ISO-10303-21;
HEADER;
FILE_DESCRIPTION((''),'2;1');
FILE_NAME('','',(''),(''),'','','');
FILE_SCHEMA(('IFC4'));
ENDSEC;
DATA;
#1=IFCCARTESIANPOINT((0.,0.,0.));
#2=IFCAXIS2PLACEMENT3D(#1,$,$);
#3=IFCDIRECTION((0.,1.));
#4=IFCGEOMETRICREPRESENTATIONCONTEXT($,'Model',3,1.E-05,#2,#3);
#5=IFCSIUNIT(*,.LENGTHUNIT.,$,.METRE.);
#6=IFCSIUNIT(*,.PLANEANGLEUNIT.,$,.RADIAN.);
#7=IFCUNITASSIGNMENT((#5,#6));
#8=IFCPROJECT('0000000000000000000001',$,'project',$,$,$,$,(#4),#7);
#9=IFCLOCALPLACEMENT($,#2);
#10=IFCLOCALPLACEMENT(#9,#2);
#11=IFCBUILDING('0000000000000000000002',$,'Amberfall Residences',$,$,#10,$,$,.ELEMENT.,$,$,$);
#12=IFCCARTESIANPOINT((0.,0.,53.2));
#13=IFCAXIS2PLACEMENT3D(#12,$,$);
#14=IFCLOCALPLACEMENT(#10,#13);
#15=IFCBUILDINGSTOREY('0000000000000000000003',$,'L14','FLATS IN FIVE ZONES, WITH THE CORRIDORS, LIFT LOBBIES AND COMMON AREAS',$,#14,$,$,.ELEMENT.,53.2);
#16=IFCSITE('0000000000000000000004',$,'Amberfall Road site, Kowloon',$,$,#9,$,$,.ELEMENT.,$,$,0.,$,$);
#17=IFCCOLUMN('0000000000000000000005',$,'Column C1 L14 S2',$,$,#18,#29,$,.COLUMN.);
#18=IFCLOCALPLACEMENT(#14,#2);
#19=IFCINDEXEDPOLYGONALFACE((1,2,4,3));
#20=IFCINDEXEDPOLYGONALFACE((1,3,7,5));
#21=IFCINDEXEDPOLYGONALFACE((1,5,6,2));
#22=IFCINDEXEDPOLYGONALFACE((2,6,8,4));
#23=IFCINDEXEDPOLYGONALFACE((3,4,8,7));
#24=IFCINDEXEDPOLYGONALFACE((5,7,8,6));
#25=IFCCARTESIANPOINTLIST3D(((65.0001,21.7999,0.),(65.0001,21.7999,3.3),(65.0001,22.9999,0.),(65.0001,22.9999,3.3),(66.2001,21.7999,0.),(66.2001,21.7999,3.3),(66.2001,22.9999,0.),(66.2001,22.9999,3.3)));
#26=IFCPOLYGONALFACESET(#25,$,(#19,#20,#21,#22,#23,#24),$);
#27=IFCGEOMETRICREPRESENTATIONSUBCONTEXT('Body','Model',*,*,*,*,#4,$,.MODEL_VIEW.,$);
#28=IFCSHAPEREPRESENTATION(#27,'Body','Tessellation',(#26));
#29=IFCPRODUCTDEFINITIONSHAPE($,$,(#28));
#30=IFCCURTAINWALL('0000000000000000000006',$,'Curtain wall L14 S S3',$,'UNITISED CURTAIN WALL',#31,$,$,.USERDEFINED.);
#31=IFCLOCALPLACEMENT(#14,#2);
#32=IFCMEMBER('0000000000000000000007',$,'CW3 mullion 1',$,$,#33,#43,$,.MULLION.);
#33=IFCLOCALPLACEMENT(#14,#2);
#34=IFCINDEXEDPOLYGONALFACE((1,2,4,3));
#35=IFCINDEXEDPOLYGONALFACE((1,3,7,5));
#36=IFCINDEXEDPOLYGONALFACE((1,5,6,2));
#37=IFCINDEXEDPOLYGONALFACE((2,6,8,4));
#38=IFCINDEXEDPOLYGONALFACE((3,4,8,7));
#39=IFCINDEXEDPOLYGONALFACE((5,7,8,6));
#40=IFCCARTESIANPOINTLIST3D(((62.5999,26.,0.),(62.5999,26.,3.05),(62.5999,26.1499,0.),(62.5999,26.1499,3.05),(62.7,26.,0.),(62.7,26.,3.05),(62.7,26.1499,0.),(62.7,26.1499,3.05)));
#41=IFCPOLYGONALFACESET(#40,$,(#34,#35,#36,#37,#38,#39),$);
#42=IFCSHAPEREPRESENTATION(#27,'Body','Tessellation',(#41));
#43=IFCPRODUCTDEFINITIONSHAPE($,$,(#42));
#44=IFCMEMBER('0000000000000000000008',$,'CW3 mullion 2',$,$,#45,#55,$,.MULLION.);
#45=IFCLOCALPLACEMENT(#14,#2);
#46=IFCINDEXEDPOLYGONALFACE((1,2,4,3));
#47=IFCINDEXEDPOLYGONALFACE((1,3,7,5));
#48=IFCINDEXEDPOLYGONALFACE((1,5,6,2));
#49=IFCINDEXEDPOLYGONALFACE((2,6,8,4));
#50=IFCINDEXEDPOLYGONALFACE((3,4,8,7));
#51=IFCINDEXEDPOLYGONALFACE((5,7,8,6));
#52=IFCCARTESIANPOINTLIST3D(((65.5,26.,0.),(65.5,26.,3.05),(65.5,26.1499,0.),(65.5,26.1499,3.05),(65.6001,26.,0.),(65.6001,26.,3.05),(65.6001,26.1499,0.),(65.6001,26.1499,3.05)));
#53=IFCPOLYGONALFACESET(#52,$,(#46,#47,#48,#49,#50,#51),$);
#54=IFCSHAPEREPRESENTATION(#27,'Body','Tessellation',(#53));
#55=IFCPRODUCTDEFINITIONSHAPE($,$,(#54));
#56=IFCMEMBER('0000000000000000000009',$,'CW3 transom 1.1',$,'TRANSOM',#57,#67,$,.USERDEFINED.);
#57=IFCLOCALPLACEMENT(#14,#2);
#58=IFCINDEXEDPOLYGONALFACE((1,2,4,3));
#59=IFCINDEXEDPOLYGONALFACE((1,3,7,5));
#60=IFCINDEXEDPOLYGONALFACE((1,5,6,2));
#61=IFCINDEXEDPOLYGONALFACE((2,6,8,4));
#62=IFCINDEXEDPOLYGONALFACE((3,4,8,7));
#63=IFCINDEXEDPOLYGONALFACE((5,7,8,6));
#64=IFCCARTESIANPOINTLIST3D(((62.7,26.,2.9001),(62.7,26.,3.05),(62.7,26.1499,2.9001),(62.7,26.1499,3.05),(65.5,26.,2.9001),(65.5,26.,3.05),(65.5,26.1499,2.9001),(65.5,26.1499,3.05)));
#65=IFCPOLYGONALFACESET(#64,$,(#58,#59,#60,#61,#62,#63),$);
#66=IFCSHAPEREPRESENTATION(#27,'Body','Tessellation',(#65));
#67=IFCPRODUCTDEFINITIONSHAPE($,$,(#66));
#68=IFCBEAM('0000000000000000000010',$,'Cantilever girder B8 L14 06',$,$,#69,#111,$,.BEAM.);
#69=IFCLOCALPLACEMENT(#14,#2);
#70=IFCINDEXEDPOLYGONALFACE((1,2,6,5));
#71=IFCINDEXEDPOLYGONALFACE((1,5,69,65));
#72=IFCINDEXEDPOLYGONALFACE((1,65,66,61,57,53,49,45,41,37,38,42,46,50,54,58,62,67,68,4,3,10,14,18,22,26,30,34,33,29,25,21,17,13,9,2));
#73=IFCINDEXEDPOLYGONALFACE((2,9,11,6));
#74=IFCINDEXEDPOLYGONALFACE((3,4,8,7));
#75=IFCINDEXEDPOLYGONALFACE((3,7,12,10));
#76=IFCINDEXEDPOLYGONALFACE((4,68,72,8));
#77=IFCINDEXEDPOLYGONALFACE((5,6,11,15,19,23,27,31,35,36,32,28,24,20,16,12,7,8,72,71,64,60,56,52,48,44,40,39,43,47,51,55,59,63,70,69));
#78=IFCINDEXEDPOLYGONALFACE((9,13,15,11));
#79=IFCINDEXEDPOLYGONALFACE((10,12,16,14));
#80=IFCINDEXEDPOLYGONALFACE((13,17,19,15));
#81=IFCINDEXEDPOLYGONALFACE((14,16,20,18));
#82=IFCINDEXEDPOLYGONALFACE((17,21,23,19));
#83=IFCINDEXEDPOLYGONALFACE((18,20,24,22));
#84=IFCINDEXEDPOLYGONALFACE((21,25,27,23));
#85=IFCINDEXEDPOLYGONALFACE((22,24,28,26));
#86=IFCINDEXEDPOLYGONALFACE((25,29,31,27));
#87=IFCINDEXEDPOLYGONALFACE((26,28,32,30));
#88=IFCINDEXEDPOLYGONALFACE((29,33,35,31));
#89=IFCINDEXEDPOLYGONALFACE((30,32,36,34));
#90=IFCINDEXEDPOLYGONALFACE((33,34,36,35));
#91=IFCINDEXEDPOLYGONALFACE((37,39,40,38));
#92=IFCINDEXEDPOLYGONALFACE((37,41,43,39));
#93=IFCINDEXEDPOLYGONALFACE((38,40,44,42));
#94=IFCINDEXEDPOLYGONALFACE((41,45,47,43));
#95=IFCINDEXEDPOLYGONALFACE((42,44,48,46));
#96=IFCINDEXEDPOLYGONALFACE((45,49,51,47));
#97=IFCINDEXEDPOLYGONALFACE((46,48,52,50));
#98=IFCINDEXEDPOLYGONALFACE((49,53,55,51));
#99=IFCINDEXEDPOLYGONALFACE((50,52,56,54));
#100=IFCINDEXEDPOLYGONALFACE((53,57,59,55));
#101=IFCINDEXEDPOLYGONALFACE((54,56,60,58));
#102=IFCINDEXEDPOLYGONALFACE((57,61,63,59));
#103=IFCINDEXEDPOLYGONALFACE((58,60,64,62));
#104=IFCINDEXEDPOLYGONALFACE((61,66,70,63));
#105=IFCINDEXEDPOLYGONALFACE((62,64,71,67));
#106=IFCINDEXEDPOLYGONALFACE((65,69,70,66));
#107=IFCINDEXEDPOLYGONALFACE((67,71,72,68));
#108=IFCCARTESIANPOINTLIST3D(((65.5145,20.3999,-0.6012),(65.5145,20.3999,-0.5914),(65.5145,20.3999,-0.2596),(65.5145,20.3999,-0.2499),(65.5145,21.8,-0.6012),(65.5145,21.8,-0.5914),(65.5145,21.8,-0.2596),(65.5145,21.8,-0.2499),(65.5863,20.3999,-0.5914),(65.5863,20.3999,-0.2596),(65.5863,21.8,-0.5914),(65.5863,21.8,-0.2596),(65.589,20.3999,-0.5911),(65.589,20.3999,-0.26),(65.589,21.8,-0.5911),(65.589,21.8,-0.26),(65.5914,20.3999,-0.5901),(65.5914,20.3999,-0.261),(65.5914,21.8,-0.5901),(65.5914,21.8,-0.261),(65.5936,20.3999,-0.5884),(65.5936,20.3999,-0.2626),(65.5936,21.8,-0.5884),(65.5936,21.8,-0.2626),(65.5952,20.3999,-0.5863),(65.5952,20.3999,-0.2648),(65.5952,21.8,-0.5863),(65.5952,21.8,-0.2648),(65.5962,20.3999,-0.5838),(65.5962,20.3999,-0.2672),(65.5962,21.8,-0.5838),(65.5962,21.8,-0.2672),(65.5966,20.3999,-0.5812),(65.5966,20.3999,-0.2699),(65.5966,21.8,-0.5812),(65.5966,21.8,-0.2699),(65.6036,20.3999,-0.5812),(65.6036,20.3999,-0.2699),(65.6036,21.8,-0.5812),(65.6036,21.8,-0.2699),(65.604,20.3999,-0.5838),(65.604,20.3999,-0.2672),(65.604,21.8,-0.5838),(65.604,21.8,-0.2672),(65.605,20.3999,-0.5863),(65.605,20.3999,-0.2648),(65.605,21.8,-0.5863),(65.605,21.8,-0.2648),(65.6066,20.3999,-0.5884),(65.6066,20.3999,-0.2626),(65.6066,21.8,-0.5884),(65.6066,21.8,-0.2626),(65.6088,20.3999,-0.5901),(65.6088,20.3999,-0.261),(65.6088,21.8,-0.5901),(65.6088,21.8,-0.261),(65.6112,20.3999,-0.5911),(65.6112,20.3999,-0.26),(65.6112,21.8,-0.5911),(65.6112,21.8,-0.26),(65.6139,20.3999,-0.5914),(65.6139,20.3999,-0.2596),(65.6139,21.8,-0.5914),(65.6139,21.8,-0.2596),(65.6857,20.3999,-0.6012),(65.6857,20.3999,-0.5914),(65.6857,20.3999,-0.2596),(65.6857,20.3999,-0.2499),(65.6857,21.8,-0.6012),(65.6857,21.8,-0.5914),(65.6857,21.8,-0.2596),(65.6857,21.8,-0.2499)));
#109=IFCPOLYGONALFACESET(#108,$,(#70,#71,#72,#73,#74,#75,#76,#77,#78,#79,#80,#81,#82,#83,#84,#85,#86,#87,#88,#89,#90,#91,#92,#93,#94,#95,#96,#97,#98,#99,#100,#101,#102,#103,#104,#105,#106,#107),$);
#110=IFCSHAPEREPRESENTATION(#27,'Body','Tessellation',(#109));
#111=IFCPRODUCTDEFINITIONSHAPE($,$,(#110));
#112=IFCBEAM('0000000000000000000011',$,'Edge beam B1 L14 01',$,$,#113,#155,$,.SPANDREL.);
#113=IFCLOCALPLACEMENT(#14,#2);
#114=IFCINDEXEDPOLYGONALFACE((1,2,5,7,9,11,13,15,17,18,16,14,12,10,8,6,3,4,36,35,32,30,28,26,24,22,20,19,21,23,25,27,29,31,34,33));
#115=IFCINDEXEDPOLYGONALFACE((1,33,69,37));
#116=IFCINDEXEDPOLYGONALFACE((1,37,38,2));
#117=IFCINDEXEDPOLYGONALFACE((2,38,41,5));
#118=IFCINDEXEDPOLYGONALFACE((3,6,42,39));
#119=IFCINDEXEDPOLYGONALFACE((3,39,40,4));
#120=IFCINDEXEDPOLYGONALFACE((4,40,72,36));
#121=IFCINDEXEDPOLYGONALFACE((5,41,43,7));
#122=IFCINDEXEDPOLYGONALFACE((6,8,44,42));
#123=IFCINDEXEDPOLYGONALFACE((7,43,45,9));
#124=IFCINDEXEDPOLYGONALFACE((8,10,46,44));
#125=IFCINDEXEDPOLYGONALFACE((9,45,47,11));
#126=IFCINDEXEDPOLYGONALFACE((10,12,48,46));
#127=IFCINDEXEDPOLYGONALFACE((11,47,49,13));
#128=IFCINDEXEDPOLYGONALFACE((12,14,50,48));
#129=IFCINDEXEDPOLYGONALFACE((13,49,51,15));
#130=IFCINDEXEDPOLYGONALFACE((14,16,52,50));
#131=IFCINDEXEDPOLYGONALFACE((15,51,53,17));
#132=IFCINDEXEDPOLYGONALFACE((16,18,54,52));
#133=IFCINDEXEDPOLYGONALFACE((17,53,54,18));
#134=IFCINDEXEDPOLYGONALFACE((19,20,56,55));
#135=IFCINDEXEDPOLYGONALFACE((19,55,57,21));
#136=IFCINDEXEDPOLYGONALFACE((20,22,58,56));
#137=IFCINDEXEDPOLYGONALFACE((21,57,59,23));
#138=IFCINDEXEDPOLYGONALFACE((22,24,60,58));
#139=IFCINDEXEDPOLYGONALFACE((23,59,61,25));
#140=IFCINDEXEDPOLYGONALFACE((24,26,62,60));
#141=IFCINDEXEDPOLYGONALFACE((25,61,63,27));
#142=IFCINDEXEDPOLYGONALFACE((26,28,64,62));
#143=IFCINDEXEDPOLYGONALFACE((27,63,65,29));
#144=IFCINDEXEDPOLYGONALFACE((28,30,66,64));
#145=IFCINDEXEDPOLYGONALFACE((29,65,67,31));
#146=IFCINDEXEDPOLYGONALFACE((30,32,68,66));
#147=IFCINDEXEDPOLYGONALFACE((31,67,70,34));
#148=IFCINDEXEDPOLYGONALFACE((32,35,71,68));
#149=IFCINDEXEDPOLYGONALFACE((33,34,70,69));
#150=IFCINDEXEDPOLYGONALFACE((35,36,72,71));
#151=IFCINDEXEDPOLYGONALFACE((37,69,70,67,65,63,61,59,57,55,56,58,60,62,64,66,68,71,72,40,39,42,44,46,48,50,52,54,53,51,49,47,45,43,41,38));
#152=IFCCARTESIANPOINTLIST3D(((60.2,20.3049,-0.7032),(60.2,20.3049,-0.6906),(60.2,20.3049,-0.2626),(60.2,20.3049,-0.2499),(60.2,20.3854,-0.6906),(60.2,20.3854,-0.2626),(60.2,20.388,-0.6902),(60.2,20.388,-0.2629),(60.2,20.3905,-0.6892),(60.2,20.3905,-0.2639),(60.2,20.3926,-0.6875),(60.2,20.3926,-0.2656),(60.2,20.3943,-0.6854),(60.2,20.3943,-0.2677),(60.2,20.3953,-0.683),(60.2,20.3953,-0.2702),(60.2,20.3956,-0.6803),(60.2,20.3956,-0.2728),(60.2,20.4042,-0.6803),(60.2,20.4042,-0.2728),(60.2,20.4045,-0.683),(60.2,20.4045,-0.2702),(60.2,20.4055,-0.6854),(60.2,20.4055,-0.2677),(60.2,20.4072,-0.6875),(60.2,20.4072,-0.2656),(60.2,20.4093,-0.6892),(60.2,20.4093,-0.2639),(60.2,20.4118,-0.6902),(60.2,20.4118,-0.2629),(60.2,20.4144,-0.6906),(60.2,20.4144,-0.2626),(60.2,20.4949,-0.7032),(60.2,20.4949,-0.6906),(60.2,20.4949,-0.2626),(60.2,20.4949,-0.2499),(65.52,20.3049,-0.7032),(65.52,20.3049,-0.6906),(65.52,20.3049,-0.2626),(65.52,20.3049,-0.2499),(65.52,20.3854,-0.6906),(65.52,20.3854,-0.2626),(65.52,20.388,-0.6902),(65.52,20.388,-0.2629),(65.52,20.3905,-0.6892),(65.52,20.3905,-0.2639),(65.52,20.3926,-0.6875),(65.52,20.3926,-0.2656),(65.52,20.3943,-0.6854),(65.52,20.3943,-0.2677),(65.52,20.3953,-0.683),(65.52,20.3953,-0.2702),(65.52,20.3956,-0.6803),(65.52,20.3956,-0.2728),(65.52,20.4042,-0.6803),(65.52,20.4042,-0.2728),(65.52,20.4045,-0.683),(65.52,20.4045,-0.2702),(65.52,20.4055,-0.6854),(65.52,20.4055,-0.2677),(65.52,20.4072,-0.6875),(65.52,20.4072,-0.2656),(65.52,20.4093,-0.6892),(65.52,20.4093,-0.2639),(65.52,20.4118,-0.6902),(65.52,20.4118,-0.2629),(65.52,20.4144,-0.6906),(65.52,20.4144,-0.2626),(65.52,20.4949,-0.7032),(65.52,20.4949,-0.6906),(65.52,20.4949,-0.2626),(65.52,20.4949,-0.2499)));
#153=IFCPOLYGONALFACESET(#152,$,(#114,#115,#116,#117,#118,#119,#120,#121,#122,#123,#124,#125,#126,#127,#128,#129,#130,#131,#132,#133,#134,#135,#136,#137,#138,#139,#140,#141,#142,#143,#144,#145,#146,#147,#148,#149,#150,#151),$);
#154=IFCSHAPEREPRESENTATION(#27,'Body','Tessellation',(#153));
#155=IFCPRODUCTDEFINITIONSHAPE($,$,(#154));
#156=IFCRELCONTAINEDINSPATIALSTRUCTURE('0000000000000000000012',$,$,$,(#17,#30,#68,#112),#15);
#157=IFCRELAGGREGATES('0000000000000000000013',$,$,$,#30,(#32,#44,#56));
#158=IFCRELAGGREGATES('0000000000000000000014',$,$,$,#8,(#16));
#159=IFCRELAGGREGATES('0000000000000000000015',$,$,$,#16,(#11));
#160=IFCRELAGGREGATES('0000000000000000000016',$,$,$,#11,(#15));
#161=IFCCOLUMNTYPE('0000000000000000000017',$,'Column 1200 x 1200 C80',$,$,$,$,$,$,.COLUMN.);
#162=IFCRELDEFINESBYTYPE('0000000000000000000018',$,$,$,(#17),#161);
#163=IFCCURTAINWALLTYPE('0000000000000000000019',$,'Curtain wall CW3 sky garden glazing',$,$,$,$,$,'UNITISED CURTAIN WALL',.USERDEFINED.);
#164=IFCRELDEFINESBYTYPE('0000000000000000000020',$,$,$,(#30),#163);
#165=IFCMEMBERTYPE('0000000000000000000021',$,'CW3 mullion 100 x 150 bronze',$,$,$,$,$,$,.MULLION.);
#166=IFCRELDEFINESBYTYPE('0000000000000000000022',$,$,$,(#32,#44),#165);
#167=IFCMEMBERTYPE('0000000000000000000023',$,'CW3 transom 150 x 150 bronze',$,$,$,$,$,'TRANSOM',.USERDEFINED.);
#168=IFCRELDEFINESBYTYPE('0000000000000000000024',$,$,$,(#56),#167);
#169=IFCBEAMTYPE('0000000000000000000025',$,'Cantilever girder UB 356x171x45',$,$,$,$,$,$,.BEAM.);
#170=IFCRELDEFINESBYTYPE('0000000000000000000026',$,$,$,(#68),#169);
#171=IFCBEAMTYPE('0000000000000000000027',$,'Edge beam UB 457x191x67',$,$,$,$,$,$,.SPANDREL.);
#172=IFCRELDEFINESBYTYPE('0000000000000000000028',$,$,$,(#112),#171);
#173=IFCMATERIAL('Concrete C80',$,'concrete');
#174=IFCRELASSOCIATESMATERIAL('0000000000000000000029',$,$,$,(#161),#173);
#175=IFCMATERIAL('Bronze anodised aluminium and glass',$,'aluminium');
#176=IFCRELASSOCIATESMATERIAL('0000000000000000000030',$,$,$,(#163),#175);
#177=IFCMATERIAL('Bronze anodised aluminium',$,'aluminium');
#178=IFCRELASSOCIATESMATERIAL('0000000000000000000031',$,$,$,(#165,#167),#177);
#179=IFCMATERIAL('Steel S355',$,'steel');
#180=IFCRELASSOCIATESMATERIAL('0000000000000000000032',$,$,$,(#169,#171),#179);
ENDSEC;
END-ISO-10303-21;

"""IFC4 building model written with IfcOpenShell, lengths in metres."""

from ifc_helpers import new_model, si_unit, direction, frame, origin, origin_2d, place, context, subcontext, project, spatial, rectangle, i_section, extrude, material, material_profile, profile_set, type_object, element, aggregate, save


model = new_model("IFC4")

# Units and contexts
model_context = context("Model", 3, precision=1e-05, world=origin(), true_north=direction((0.0, 1.0)))
body_context = subcontext(model_context, "Body", "Model", "MODEL_VIEW")
ifc_project = project(units=[si_unit("LENGTHUNIT", "METRE"), si_unit("PLANEANGLEUNIT", "RADIAN")], contexts=[model_context])

# Site, building, storey
site_placement = place(None, origin())
site = spatial("IfcSite", under=ifc_project, at=site_placement, Name="Amberfall Road site, Kowloon", CompositionType="ELEMENT", RefElevation=0.0)
building_placement = place(site_placement, origin())
building = spatial("IfcBuilding", under=site, at=building_placement, Name="Amberfall Residences", CompositionType="ELEMENT")
storey_placement = place(building_placement, frame((0.0, 0.0, 53.2)))
storey = spatial("IfcBuildingStorey", under=building, at=storey_placement, Name="L14", Description="FLATS IN FIVE ZONES, WITH THE CORRIDORS, LIFT LOBBIES AND COMMON AREAS", CompositionType="ELEMENT", Elevation=53.2)

# Column
ifc_material_1 = material(Name="Concrete C80", Category="concrete")
ifc_material_profile_1 = material_profile(ifc_material_1, rectangle(XDim=1.2, YDim=1.2, at=origin_2d()), Name="Column 1200 x 1200 C80")
ifc_profile_set_1 = profile_set([ifc_material_profile_1], Name="Concrete C80")
column_type = type_object("IfcColumnType", Name="Column 1200 x 1200 C80", PredefinedType="COLUMN", material=ifc_profile_set_1)
column_placement = place(storey_placement, frame((65.6001, 22.3999, 0.0), z_axis=(0.0, 0.0, 1.0), x_axis=(1.0, 0.0, 0.0)))
element("IfcColumn", 1, at=column_placement, inside=storey, type_object=column_type, Name="Column C1 L14 S2", PredefinedType="COLUMN", context=body_context, shape_type="SweptSolid", body=[
    extrude(rectangle(XDim=1.2, YDim=1.2, at=origin_2d()), origin(), (0.0, 0.0, 1.0), 3.3),
])

# Curtain wall, members
ifc_material_2 = material(Name="Bronze anodised aluminium and glass", Category="aluminium")
curtain_wall_type = type_object("IfcCurtainWallType", Name="Curtain wall CW3 sky garden glazing", ElementType="UNITISED CURTAIN WALL", PredefinedType="USERDEFINED", material=ifc_material_2)
curtain_wall_placement = place(storey_placement, origin())
curtain_wall = element("IfcCurtainWall", 2, at=curtain_wall_placement, inside=storey, type_object=curtain_wall_type, Name="Curtain wall L14 S S3", ObjectType="UNITISED CURTAIN WALL", PredefinedType="USERDEFINED")
ifc_material_3 = material(Name="Bronze anodised aluminium", Category="aluminium")
ifc_material_profile_2 = material_profile(ifc_material_3, rectangle(XDim=0.1499, YDim=0.1001, at=origin_2d()), Name="CW3 mullion 100 x 150 bronze")
ifc_profile_set_2 = profile_set([ifc_material_profile_2], Name="Bronze anodised aluminium")
member_type_1 = type_object("IfcMemberType", Name="CW3 mullion 100 x 150 bronze", PredefinedType="MULLION", material=ifc_profile_set_2)
member_1_placement = place(storey_placement, frame((62.6499, 26.075, 0.0), z_axis=(0.0, 0.0, 1.0), x_axis=(0.0, 1.0, 0.0)))
member_1 = element("IfcMember", 3, at=member_1_placement, type_object=member_type_1, Name="CW3 mullion 1", PredefinedType="MULLION", context=body_context, shape_type="SweptSolid", body=[
    extrude(rectangle(XDim=0.1499, YDim=0.1001, at=origin_2d()), origin(), (0.0, 0.0, 1.0), 3.05),
])
member_2_placement = place(storey_placement, frame((65.55, 26.075, 0.0), z_axis=(0.0, 0.0, 1.0), x_axis=(0.0, 1.0, 0.0)))
member_2 = element("IfcMember", 4, at=member_2_placement, type_object=member_type_1, Name="CW3 mullion 2", PredefinedType="MULLION", context=body_context, shape_type="SweptSolid", body=[
    extrude(rectangle(XDim=0.1499, YDim=0.1001, at=origin_2d()), origin(), (0.0, 0.0, 1.0), 3.05),
])
ifc_material_profile_3 = material_profile(ifc_material_3, rectangle(XDim=0.1499, YDim=0.1499, at=origin_2d()), Name="CW3 transom 150 x 150 bronze")
ifc_profile_set_3 = profile_set([ifc_material_profile_3], Name="Bronze anodised aluminium")
member_type_2 = type_object("IfcMemberType", Name="CW3 transom 150 x 150 bronze", ElementType="TRANSOM", PredefinedType="USERDEFINED", material=ifc_profile_set_3)
member_3_placement = place(storey_placement, frame((62.7, 26.075, 2.9751), z_axis=(1.0, 0.0, 0.0), x_axis=(0.0, 1.0, 0.0)))
member_3 = element("IfcMember", 5, at=member_3_placement, type_object=member_type_2, Name="CW3 transom 1.1", ObjectType="TRANSOM", PredefinedType="USERDEFINED", context=body_context, shape_type="SweptSolid", body=[
    extrude(rectangle(XDim=0.1499, YDim=0.1499, at=origin_2d()), origin(), (0.0, 0.0, 1.0), 2.8),
])

# Beams
ifc_material_4 = material(Name="Steel S355", Category="steel")
ifc_material_profile_4 = material_profile(ifc_material_4, i_section(OverallWidth=0.1711, OverallDepth=0.3513, WebThickness=0.0071, FlangeThickness=0.0098, FilletRadius=0.0103, at=origin_2d()), Name="UB 356x171x45")
ifc_profile_set_4 = profile_set([ifc_material_profile_4], Name="Steel S355")
beam_type_1 = type_object("IfcBeamType", Name="Cantilever girder UB 356x171x45", PredefinedType="BEAM", material=ifc_profile_set_4)
beam_1_placement = place(storey_placement, frame((65.6001, 21.8, -0.4255), z_axis=(0.0, -1.0, 0.0), x_axis=(1.0, 0.0, 0.0)))
element("IfcBeam", 6, at=beam_1_placement, inside=storey, type_object=beam_type_1, Name="Cantilever girder B8 L14 06", PredefinedType="BEAM", context=body_context, shape_type="SweptSolid", body=[
    extrude(i_section(OverallWidth=0.1711, OverallDepth=0.3513, WebThickness=0.0071, FlangeThickness=0.0098, FilletRadius=0.0103, at=origin_2d()), origin(), (0.0, 0.0, 1.0), 1.4001),
])
ifc_material_profile_5 = material_profile(ifc_material_4, i_section(OverallWidth=0.1899, OverallDepth=0.4534, WebThickness=0.0085, FlangeThickness=0.0127, FilletRadius=0.0103, at=origin_2d()), Name="UB 457x191x67")
ifc_profile_set_5 = profile_set([ifc_material_profile_5], Name="Steel S355")
beam_type_2 = type_object("IfcBeamType", Name="Edge beam UB 457x191x67", PredefinedType="SPANDREL", material=ifc_profile_set_5)
beam_2_placement = place(storey_placement, frame((60.2, 20.3999, -0.4766), z_axis=(1.0, 0.0, 0.0), x_axis=(0.0, 1.0, 0.0)))
element("IfcBeam", 7, at=beam_2_placement, inside=storey, type_object=beam_type_2, Name="Edge beam B1 L14 01", PredefinedType="SPANDREL", context=body_context, shape_type="SweptSolid", body=[
    extrude(i_section(OverallWidth=0.1899, OverallDepth=0.4534, WebThickness=0.0085, FlangeThickness=0.0127, FilletRadius=0.0103, at=origin_2d()), origin(), (0.0, 0.0, 1.0), 5.3201),
])

aggregate(curtain_wall, [member_1, member_2, member_3])

save(model, "model.ifc")
